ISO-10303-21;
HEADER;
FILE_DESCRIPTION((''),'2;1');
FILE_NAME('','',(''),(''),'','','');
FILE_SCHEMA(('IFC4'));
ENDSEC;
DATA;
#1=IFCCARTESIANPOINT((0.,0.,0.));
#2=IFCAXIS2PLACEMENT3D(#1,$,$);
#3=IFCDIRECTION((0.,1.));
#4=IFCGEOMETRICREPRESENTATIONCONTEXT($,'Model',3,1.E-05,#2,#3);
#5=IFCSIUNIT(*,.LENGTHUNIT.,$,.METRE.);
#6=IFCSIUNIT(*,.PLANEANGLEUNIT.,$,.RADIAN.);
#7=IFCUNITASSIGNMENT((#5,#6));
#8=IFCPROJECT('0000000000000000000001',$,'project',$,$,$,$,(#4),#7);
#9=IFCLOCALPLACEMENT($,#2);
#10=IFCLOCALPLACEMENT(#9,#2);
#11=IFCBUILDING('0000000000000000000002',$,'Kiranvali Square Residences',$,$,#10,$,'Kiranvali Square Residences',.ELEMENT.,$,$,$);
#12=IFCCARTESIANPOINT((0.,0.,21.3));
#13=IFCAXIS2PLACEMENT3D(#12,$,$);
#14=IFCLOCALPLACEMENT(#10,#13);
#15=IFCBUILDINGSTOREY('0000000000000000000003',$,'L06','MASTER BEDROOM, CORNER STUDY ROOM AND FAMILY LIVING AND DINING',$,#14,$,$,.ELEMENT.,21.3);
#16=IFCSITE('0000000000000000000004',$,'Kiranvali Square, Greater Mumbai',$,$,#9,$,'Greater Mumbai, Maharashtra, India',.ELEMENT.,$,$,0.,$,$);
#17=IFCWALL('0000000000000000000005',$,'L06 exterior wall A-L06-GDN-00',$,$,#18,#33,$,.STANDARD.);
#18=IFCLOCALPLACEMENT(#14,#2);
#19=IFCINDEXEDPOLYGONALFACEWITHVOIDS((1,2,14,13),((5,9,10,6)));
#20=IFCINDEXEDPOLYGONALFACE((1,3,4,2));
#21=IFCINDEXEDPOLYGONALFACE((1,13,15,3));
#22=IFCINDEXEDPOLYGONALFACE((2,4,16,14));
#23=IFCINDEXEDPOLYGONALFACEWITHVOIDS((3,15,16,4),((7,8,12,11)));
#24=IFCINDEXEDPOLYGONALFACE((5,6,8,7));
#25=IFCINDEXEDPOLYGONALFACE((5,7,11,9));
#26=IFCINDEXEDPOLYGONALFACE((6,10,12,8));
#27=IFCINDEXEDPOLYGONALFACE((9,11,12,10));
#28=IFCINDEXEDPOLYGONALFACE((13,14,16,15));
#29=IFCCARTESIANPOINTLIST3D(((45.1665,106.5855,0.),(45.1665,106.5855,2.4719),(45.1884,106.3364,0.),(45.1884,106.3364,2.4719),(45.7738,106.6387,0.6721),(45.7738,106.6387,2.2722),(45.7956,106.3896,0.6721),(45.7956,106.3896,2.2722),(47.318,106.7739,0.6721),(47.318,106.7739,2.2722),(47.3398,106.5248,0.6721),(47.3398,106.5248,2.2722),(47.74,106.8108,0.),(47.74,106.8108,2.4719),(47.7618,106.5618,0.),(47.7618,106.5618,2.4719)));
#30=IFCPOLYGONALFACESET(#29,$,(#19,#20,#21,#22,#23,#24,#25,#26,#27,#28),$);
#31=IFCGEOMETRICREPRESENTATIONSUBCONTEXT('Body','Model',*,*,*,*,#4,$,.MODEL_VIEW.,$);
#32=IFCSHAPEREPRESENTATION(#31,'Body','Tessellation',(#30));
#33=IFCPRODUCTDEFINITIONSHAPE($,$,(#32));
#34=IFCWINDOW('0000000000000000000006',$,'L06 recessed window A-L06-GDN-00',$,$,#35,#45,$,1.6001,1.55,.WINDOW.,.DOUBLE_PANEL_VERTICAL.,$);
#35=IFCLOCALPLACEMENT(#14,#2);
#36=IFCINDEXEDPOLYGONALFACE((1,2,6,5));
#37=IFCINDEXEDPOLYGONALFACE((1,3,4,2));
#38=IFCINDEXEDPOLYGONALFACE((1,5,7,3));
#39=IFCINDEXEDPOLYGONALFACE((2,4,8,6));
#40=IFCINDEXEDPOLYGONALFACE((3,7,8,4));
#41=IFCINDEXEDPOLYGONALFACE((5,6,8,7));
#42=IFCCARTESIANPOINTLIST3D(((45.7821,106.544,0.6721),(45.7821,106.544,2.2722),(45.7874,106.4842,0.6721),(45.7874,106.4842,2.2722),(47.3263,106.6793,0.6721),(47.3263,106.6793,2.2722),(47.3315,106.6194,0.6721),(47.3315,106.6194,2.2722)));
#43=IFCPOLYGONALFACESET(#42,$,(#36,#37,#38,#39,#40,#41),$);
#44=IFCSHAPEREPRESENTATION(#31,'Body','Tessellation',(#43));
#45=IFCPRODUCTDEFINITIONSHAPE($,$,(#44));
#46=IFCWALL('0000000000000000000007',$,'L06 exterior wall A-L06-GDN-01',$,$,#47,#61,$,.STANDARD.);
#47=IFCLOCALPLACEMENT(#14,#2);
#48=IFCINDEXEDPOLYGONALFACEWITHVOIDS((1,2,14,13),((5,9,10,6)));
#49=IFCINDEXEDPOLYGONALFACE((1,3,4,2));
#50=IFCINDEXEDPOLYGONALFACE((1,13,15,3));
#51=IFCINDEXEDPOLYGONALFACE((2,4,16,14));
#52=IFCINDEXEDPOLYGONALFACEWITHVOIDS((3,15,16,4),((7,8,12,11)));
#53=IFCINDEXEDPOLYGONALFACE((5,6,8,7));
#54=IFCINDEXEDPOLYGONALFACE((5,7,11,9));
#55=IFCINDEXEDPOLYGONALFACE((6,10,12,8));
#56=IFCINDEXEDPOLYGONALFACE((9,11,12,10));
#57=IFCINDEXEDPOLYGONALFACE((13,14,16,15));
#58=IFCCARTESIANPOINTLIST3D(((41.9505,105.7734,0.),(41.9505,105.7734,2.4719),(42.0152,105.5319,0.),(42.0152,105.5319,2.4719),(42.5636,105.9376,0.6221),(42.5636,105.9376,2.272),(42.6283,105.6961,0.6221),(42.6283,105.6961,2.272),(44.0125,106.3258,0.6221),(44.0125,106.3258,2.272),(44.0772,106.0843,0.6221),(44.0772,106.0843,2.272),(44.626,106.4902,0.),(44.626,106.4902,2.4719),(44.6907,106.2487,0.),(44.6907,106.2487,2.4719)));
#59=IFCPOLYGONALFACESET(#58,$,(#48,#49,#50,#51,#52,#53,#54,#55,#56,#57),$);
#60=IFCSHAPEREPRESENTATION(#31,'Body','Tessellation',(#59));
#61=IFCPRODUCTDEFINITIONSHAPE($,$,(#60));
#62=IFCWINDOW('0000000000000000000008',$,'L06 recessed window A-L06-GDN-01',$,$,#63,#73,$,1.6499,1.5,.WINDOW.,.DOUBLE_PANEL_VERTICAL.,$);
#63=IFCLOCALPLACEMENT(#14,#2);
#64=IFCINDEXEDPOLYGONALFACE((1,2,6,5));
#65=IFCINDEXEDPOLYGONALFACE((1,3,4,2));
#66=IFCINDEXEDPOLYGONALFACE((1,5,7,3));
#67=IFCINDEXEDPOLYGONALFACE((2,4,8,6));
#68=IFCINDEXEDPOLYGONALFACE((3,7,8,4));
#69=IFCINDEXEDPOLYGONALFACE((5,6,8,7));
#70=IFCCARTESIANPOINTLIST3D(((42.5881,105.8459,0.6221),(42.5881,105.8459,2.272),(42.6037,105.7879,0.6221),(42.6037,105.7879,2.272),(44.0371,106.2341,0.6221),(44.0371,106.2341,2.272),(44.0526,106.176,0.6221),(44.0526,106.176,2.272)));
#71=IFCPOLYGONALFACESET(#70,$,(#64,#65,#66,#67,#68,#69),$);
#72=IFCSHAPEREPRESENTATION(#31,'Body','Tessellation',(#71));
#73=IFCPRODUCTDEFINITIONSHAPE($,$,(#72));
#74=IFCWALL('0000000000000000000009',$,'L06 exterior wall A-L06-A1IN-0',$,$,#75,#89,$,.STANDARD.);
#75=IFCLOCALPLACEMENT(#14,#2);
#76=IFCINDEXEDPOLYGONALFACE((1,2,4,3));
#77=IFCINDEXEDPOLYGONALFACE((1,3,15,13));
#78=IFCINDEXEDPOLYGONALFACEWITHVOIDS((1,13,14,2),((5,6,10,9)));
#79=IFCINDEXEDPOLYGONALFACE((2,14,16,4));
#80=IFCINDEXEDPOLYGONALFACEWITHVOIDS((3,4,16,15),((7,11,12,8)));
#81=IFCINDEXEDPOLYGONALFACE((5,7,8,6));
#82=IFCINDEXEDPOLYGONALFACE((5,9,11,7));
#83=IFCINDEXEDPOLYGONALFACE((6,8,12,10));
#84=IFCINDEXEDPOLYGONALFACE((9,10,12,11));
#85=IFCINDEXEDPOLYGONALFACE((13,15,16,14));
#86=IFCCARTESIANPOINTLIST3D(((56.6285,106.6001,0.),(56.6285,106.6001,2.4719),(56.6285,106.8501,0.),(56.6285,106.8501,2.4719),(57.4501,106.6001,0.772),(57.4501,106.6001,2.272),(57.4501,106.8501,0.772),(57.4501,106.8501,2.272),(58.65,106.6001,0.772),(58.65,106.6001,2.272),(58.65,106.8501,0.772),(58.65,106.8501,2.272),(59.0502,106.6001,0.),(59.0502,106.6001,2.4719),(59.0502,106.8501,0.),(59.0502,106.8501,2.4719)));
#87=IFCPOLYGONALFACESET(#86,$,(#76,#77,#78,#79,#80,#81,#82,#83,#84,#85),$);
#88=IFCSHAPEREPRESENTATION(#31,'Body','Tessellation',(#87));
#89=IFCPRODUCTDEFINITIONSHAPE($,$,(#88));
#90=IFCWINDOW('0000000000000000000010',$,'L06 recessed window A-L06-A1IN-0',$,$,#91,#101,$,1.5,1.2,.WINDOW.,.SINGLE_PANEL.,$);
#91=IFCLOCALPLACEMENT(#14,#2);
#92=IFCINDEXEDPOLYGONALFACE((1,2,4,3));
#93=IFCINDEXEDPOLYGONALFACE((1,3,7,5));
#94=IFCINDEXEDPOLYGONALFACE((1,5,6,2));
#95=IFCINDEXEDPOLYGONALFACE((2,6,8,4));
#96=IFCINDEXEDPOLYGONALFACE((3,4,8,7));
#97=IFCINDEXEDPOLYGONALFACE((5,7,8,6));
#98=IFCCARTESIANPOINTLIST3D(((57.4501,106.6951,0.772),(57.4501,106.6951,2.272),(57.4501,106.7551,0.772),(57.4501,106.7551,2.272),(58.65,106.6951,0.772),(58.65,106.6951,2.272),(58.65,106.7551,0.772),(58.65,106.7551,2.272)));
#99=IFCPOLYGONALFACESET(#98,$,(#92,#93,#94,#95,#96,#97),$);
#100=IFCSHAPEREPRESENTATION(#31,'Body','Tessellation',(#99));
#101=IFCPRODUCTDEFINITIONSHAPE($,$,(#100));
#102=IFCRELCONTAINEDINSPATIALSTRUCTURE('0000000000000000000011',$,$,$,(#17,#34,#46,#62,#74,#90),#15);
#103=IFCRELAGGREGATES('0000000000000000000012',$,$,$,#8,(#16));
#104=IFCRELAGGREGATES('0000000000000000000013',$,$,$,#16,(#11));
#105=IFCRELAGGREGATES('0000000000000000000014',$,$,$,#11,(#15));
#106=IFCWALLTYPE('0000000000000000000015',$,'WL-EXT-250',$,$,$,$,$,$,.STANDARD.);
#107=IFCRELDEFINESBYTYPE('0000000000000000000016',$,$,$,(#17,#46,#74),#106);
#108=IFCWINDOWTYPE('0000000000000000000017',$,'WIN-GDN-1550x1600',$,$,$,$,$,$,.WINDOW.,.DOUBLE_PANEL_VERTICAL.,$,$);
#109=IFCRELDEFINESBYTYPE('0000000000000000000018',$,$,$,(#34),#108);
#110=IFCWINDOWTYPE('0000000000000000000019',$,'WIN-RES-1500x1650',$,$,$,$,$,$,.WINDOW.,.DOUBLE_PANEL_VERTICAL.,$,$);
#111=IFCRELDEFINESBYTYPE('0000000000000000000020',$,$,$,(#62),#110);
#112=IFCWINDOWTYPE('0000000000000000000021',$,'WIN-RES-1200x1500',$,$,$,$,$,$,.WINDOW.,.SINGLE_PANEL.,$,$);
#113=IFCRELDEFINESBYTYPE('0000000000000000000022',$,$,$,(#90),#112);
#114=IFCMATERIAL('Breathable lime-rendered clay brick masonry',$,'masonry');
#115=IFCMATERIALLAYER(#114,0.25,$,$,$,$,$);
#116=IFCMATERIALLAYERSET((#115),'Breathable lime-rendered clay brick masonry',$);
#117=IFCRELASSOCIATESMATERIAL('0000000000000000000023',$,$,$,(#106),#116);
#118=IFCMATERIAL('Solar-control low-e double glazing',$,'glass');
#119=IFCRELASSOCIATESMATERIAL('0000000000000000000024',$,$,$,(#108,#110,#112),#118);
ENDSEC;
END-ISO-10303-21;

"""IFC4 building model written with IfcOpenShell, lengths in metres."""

from ifc_helpers import new_model, si_unit, direction, frame, frame_2d, origin, place, context, subcontext, project, spatial, rectangle, extrude, material, layer, layer_set, type_object, element, fill, save


model = new_model("IFC4")

# Units and contexts
model_context = context("Model", 3, precision=1e-05, world=origin(), true_north=direction((0.0, 1.0)))
body_context = subcontext(model_context, "Body", "Model", "MODEL_VIEW")
ifc_project = project(units=[si_unit("LENGTHUNIT", "METRE"), si_unit("PLANEANGLEUNIT", "RADIAN")], contexts=[model_context])

# Site, building, storey
site_placement = place(None, origin())
site = spatial("IfcSite", under=ifc_project, at=site_placement, Name="Kiranvali Square, Greater Mumbai", LongName="Greater Mumbai, Maharashtra, India", CompositionType="ELEMENT", RefElevation=0.0)
building_placement = place(site_placement, origin())
building = spatial("IfcBuilding", under=site, at=building_placement, Name="Kiranvali Square Residences", LongName="Kiranvali Square Residences", CompositionType="ELEMENT")
storey_placement = place(building_placement, frame((0.0, 0.0, 21.3)))
storey = spatial("IfcBuildingStorey", under=building, at=storey_placement, Name="L06", Description="MASTER BEDROOM, CORNER STUDY ROOM AND FAMILY LIVING AND DINING", CompositionType="ELEMENT", Elevation=21.3)

# Walls, openings, windows
ifc_material_1 = material(Name="Breathable lime-rendered clay brick masonry", Category="masonry")
ifc_layer_1 = layer(ifc_material_1, 0.25)
ifc_layer_set_1 = layer_set([ifc_layer_1], Name="Breathable lime-rendered clay brick masonry")
wall_type_1 = type_object("IfcWallType", Name="WL-EXT-250", PredefinedType="STANDARD", material=ifc_layer_set_1)
wall_1_placement = place(storey_placement, frame((47.7507, 106.6863, 0.0), z_axis=(0.0, 0.0, 1.0), x_axis=(-0.996188, -0.087229, 0.0)))
wall_1 = element("IfcWall", 1, at=wall_1_placement, inside=storey, type_object=wall_type_1, Name="L06 exterior wall A-L06-GDN-00", PredefinedType="STANDARD", context=body_context, shape_type="SweptSolid", body=[
    extrude(rectangle(XDim=2.5833, YDim=0.25, at=frame_2d((1.2915, 0.0))), origin(), (0.0, 0.0, 1.0), 2.4719),
])
opening_1_placement = place(wall_1_placement, frame((0.4236, 0.0, 0.6721)))
opening_1 = element("IfcOpeningElement", 2, at=opening_1_placement, cuts=wall_1, PredefinedType="OPENING", context=body_context, shape_type="SweptSolid", body=[
    extrude(rectangle(XDim=1.55, YDim=1.6001, at=frame_2d((0.7749, 0.8))), frame((0.0, 0.135, 0.0), z_axis=(0.0, -1.0, 0.0), x_axis=(1.0, 0.0, 0.0)), (0.0, 0.0, 1.0), 0.27),
])
ifc_material_2 = material(Name="Solar-control low-e double glazing", Category="glass")
window_type_1 = type_object("IfcWindowType", Name="WIN-GDN-1550x1600", PartitioningType="DOUBLE_PANEL_VERTICAL", PredefinedType="WINDOW", material=ifc_material_2)
window_1_placement = place(opening_1_placement, origin())
window_1 = element("IfcWindow", 3, at=window_1_placement, inside=storey, type_object=window_type_1, Name="L06 recessed window A-L06-GDN-00", OverallHeight=1.6001, OverallWidth=1.55, PartitioningType="DOUBLE_PANEL_VERTICAL", PredefinedType="WINDOW", context=body_context, shape_type="SweptSolid", body=[
    extrude(rectangle(XDim=1.55, YDim=1.6001, at=frame_2d((0.7749, 0.8))), frame((0.0, 0.03, 0.0), z_axis=(0.0, -1.0, 0.0), x_axis=(1.0, 0.0, 0.0)), (0.0, 0.0, 1.0), 0.0601),
])
fill(opening_1, window_1)
wall_2_placement = place(storey_placement, frame((44.6582, 106.3694, 0.0), z_axis=(0.0, 0.0, 1.0), x_axis=(-0.965936, -0.258782, 0.0)))
wall_2 = element("IfcWall", 4, at=wall_2_placement, inside=storey, type_object=wall_type_1, Name="L06 exterior wall A-L06-GDN-01", PredefinedType="STANDARD", context=body_context, shape_type="SweptSolid", body=[
    extrude(rectangle(XDim=2.7698, YDim=0.25, at=frame_2d((1.3848, 0.0))), origin(), (0.0, 0.0, 1.0), 2.4719),
])
opening_2_placement = place(wall_2_placement, frame((0.635, 0.0, 0.6221)))
opening_2 = element("IfcOpeningElement", 5, at=opening_2_placement, cuts=wall_2, PredefinedType="OPENING", context=body_context, shape_type="SweptSolid", body=[
    extrude(rectangle(XDim=1.5, YDim=1.6499, at=frame_2d((0.75, 0.825))), frame((0.0, 0.135, 0.0), z_axis=(0.0, -1.0, 0.0), x_axis=(1.0, 0.0, 0.0)), (0.0, 0.0, 1.0), 0.27),
])
window_type_2 = type_object("IfcWindowType", Name="WIN-RES-1500x1650", PartitioningType="DOUBLE_PANEL_VERTICAL", PredefinedType="WINDOW", material=ifc_material_2)
window_2_placement = place(opening_2_placement, origin())
window_2 = element("IfcWindow", 6, at=window_2_placement, inside=storey, type_object=window_type_2, Name="L06 recessed window A-L06-GDN-01", OverallHeight=1.6499, OverallWidth=1.5, PartitioningType="DOUBLE_PANEL_VERTICAL", PredefinedType="WINDOW", context=body_context, shape_type="SweptSolid", body=[
    extrude(rectangle(XDim=1.5, YDim=1.6499, at=frame_2d((0.75, 0.825))), frame((0.0, 0.03, 0.0), z_axis=(0.0, -1.0, 0.0), x_axis=(1.0, 0.0, 0.0)), (0.0, 0.0, 1.0), 0.0601),
])
fill(opening_2, window_2)

# Wall, opening, window
wall_3_placement = place(storey_placement, frame((56.6284, 106.7251, 0.0), z_axis=(0.0, 0.0, 1.0), x_axis=(1.0, 0.0, 0.0)))
wall_3 = element("IfcWall", 7, at=wall_3_placement, inside=storey, type_object=wall_type_1, Name="L06 exterior wall A-L06-A1IN-0", PredefinedType="STANDARD", context=body_context, shape_type="SweptSolid", body=[
    extrude(rectangle(XDim=2.4216, YDim=0.25, at=frame_2d((1.2109, 0.0))), origin(), (0.0, 0.0, 1.0), 2.4719),
])
opening_3_placement = place(wall_3_placement, frame((0.8215, 0.0, 0.772)))
opening_3 = element("IfcOpeningElement", 8, at=opening_3_placement, cuts=wall_3, PredefinedType="OPENING", context=body_context, shape_type="SweptSolid", body=[
    extrude(rectangle(XDim=1.2, YDim=1.5, at=frame_2d((0.6001, 0.75))), frame((0.0, 0.135, 0.0), z_axis=(0.0, -1.0, 0.0), x_axis=(1.0, 0.0, 0.0)), (0.0, 0.0, 1.0), 0.27),
])
window_type_3 = type_object("IfcWindowType", Name="WIN-RES-1200x1500", PartitioningType="SINGLE_PANEL", PredefinedType="WINDOW", material=ifc_material_2)
window_3_placement = place(opening_3_placement, origin())
window_3 = element("IfcWindow", 9, at=window_3_placement, inside=storey, type_object=window_type_3, Name="L06 recessed window A-L06-A1IN-0", OverallHeight=1.5, OverallWidth=1.2, PartitioningType="SINGLE_PANEL", PredefinedType="WINDOW", context=body_context, shape_type="SweptSolid", body=[
    extrude(rectangle(XDim=1.2, YDim=1.5, at=frame_2d((0.6001, 0.75))), frame((0.0, 0.03, 0.0), z_axis=(0.0, -1.0, 0.0), x_axis=(1.0, 0.0, 0.0)), (0.0, 0.0, 1.0), 0.0601),
])
fill(opening_3, window_3)

save(model, "model.ifc")
